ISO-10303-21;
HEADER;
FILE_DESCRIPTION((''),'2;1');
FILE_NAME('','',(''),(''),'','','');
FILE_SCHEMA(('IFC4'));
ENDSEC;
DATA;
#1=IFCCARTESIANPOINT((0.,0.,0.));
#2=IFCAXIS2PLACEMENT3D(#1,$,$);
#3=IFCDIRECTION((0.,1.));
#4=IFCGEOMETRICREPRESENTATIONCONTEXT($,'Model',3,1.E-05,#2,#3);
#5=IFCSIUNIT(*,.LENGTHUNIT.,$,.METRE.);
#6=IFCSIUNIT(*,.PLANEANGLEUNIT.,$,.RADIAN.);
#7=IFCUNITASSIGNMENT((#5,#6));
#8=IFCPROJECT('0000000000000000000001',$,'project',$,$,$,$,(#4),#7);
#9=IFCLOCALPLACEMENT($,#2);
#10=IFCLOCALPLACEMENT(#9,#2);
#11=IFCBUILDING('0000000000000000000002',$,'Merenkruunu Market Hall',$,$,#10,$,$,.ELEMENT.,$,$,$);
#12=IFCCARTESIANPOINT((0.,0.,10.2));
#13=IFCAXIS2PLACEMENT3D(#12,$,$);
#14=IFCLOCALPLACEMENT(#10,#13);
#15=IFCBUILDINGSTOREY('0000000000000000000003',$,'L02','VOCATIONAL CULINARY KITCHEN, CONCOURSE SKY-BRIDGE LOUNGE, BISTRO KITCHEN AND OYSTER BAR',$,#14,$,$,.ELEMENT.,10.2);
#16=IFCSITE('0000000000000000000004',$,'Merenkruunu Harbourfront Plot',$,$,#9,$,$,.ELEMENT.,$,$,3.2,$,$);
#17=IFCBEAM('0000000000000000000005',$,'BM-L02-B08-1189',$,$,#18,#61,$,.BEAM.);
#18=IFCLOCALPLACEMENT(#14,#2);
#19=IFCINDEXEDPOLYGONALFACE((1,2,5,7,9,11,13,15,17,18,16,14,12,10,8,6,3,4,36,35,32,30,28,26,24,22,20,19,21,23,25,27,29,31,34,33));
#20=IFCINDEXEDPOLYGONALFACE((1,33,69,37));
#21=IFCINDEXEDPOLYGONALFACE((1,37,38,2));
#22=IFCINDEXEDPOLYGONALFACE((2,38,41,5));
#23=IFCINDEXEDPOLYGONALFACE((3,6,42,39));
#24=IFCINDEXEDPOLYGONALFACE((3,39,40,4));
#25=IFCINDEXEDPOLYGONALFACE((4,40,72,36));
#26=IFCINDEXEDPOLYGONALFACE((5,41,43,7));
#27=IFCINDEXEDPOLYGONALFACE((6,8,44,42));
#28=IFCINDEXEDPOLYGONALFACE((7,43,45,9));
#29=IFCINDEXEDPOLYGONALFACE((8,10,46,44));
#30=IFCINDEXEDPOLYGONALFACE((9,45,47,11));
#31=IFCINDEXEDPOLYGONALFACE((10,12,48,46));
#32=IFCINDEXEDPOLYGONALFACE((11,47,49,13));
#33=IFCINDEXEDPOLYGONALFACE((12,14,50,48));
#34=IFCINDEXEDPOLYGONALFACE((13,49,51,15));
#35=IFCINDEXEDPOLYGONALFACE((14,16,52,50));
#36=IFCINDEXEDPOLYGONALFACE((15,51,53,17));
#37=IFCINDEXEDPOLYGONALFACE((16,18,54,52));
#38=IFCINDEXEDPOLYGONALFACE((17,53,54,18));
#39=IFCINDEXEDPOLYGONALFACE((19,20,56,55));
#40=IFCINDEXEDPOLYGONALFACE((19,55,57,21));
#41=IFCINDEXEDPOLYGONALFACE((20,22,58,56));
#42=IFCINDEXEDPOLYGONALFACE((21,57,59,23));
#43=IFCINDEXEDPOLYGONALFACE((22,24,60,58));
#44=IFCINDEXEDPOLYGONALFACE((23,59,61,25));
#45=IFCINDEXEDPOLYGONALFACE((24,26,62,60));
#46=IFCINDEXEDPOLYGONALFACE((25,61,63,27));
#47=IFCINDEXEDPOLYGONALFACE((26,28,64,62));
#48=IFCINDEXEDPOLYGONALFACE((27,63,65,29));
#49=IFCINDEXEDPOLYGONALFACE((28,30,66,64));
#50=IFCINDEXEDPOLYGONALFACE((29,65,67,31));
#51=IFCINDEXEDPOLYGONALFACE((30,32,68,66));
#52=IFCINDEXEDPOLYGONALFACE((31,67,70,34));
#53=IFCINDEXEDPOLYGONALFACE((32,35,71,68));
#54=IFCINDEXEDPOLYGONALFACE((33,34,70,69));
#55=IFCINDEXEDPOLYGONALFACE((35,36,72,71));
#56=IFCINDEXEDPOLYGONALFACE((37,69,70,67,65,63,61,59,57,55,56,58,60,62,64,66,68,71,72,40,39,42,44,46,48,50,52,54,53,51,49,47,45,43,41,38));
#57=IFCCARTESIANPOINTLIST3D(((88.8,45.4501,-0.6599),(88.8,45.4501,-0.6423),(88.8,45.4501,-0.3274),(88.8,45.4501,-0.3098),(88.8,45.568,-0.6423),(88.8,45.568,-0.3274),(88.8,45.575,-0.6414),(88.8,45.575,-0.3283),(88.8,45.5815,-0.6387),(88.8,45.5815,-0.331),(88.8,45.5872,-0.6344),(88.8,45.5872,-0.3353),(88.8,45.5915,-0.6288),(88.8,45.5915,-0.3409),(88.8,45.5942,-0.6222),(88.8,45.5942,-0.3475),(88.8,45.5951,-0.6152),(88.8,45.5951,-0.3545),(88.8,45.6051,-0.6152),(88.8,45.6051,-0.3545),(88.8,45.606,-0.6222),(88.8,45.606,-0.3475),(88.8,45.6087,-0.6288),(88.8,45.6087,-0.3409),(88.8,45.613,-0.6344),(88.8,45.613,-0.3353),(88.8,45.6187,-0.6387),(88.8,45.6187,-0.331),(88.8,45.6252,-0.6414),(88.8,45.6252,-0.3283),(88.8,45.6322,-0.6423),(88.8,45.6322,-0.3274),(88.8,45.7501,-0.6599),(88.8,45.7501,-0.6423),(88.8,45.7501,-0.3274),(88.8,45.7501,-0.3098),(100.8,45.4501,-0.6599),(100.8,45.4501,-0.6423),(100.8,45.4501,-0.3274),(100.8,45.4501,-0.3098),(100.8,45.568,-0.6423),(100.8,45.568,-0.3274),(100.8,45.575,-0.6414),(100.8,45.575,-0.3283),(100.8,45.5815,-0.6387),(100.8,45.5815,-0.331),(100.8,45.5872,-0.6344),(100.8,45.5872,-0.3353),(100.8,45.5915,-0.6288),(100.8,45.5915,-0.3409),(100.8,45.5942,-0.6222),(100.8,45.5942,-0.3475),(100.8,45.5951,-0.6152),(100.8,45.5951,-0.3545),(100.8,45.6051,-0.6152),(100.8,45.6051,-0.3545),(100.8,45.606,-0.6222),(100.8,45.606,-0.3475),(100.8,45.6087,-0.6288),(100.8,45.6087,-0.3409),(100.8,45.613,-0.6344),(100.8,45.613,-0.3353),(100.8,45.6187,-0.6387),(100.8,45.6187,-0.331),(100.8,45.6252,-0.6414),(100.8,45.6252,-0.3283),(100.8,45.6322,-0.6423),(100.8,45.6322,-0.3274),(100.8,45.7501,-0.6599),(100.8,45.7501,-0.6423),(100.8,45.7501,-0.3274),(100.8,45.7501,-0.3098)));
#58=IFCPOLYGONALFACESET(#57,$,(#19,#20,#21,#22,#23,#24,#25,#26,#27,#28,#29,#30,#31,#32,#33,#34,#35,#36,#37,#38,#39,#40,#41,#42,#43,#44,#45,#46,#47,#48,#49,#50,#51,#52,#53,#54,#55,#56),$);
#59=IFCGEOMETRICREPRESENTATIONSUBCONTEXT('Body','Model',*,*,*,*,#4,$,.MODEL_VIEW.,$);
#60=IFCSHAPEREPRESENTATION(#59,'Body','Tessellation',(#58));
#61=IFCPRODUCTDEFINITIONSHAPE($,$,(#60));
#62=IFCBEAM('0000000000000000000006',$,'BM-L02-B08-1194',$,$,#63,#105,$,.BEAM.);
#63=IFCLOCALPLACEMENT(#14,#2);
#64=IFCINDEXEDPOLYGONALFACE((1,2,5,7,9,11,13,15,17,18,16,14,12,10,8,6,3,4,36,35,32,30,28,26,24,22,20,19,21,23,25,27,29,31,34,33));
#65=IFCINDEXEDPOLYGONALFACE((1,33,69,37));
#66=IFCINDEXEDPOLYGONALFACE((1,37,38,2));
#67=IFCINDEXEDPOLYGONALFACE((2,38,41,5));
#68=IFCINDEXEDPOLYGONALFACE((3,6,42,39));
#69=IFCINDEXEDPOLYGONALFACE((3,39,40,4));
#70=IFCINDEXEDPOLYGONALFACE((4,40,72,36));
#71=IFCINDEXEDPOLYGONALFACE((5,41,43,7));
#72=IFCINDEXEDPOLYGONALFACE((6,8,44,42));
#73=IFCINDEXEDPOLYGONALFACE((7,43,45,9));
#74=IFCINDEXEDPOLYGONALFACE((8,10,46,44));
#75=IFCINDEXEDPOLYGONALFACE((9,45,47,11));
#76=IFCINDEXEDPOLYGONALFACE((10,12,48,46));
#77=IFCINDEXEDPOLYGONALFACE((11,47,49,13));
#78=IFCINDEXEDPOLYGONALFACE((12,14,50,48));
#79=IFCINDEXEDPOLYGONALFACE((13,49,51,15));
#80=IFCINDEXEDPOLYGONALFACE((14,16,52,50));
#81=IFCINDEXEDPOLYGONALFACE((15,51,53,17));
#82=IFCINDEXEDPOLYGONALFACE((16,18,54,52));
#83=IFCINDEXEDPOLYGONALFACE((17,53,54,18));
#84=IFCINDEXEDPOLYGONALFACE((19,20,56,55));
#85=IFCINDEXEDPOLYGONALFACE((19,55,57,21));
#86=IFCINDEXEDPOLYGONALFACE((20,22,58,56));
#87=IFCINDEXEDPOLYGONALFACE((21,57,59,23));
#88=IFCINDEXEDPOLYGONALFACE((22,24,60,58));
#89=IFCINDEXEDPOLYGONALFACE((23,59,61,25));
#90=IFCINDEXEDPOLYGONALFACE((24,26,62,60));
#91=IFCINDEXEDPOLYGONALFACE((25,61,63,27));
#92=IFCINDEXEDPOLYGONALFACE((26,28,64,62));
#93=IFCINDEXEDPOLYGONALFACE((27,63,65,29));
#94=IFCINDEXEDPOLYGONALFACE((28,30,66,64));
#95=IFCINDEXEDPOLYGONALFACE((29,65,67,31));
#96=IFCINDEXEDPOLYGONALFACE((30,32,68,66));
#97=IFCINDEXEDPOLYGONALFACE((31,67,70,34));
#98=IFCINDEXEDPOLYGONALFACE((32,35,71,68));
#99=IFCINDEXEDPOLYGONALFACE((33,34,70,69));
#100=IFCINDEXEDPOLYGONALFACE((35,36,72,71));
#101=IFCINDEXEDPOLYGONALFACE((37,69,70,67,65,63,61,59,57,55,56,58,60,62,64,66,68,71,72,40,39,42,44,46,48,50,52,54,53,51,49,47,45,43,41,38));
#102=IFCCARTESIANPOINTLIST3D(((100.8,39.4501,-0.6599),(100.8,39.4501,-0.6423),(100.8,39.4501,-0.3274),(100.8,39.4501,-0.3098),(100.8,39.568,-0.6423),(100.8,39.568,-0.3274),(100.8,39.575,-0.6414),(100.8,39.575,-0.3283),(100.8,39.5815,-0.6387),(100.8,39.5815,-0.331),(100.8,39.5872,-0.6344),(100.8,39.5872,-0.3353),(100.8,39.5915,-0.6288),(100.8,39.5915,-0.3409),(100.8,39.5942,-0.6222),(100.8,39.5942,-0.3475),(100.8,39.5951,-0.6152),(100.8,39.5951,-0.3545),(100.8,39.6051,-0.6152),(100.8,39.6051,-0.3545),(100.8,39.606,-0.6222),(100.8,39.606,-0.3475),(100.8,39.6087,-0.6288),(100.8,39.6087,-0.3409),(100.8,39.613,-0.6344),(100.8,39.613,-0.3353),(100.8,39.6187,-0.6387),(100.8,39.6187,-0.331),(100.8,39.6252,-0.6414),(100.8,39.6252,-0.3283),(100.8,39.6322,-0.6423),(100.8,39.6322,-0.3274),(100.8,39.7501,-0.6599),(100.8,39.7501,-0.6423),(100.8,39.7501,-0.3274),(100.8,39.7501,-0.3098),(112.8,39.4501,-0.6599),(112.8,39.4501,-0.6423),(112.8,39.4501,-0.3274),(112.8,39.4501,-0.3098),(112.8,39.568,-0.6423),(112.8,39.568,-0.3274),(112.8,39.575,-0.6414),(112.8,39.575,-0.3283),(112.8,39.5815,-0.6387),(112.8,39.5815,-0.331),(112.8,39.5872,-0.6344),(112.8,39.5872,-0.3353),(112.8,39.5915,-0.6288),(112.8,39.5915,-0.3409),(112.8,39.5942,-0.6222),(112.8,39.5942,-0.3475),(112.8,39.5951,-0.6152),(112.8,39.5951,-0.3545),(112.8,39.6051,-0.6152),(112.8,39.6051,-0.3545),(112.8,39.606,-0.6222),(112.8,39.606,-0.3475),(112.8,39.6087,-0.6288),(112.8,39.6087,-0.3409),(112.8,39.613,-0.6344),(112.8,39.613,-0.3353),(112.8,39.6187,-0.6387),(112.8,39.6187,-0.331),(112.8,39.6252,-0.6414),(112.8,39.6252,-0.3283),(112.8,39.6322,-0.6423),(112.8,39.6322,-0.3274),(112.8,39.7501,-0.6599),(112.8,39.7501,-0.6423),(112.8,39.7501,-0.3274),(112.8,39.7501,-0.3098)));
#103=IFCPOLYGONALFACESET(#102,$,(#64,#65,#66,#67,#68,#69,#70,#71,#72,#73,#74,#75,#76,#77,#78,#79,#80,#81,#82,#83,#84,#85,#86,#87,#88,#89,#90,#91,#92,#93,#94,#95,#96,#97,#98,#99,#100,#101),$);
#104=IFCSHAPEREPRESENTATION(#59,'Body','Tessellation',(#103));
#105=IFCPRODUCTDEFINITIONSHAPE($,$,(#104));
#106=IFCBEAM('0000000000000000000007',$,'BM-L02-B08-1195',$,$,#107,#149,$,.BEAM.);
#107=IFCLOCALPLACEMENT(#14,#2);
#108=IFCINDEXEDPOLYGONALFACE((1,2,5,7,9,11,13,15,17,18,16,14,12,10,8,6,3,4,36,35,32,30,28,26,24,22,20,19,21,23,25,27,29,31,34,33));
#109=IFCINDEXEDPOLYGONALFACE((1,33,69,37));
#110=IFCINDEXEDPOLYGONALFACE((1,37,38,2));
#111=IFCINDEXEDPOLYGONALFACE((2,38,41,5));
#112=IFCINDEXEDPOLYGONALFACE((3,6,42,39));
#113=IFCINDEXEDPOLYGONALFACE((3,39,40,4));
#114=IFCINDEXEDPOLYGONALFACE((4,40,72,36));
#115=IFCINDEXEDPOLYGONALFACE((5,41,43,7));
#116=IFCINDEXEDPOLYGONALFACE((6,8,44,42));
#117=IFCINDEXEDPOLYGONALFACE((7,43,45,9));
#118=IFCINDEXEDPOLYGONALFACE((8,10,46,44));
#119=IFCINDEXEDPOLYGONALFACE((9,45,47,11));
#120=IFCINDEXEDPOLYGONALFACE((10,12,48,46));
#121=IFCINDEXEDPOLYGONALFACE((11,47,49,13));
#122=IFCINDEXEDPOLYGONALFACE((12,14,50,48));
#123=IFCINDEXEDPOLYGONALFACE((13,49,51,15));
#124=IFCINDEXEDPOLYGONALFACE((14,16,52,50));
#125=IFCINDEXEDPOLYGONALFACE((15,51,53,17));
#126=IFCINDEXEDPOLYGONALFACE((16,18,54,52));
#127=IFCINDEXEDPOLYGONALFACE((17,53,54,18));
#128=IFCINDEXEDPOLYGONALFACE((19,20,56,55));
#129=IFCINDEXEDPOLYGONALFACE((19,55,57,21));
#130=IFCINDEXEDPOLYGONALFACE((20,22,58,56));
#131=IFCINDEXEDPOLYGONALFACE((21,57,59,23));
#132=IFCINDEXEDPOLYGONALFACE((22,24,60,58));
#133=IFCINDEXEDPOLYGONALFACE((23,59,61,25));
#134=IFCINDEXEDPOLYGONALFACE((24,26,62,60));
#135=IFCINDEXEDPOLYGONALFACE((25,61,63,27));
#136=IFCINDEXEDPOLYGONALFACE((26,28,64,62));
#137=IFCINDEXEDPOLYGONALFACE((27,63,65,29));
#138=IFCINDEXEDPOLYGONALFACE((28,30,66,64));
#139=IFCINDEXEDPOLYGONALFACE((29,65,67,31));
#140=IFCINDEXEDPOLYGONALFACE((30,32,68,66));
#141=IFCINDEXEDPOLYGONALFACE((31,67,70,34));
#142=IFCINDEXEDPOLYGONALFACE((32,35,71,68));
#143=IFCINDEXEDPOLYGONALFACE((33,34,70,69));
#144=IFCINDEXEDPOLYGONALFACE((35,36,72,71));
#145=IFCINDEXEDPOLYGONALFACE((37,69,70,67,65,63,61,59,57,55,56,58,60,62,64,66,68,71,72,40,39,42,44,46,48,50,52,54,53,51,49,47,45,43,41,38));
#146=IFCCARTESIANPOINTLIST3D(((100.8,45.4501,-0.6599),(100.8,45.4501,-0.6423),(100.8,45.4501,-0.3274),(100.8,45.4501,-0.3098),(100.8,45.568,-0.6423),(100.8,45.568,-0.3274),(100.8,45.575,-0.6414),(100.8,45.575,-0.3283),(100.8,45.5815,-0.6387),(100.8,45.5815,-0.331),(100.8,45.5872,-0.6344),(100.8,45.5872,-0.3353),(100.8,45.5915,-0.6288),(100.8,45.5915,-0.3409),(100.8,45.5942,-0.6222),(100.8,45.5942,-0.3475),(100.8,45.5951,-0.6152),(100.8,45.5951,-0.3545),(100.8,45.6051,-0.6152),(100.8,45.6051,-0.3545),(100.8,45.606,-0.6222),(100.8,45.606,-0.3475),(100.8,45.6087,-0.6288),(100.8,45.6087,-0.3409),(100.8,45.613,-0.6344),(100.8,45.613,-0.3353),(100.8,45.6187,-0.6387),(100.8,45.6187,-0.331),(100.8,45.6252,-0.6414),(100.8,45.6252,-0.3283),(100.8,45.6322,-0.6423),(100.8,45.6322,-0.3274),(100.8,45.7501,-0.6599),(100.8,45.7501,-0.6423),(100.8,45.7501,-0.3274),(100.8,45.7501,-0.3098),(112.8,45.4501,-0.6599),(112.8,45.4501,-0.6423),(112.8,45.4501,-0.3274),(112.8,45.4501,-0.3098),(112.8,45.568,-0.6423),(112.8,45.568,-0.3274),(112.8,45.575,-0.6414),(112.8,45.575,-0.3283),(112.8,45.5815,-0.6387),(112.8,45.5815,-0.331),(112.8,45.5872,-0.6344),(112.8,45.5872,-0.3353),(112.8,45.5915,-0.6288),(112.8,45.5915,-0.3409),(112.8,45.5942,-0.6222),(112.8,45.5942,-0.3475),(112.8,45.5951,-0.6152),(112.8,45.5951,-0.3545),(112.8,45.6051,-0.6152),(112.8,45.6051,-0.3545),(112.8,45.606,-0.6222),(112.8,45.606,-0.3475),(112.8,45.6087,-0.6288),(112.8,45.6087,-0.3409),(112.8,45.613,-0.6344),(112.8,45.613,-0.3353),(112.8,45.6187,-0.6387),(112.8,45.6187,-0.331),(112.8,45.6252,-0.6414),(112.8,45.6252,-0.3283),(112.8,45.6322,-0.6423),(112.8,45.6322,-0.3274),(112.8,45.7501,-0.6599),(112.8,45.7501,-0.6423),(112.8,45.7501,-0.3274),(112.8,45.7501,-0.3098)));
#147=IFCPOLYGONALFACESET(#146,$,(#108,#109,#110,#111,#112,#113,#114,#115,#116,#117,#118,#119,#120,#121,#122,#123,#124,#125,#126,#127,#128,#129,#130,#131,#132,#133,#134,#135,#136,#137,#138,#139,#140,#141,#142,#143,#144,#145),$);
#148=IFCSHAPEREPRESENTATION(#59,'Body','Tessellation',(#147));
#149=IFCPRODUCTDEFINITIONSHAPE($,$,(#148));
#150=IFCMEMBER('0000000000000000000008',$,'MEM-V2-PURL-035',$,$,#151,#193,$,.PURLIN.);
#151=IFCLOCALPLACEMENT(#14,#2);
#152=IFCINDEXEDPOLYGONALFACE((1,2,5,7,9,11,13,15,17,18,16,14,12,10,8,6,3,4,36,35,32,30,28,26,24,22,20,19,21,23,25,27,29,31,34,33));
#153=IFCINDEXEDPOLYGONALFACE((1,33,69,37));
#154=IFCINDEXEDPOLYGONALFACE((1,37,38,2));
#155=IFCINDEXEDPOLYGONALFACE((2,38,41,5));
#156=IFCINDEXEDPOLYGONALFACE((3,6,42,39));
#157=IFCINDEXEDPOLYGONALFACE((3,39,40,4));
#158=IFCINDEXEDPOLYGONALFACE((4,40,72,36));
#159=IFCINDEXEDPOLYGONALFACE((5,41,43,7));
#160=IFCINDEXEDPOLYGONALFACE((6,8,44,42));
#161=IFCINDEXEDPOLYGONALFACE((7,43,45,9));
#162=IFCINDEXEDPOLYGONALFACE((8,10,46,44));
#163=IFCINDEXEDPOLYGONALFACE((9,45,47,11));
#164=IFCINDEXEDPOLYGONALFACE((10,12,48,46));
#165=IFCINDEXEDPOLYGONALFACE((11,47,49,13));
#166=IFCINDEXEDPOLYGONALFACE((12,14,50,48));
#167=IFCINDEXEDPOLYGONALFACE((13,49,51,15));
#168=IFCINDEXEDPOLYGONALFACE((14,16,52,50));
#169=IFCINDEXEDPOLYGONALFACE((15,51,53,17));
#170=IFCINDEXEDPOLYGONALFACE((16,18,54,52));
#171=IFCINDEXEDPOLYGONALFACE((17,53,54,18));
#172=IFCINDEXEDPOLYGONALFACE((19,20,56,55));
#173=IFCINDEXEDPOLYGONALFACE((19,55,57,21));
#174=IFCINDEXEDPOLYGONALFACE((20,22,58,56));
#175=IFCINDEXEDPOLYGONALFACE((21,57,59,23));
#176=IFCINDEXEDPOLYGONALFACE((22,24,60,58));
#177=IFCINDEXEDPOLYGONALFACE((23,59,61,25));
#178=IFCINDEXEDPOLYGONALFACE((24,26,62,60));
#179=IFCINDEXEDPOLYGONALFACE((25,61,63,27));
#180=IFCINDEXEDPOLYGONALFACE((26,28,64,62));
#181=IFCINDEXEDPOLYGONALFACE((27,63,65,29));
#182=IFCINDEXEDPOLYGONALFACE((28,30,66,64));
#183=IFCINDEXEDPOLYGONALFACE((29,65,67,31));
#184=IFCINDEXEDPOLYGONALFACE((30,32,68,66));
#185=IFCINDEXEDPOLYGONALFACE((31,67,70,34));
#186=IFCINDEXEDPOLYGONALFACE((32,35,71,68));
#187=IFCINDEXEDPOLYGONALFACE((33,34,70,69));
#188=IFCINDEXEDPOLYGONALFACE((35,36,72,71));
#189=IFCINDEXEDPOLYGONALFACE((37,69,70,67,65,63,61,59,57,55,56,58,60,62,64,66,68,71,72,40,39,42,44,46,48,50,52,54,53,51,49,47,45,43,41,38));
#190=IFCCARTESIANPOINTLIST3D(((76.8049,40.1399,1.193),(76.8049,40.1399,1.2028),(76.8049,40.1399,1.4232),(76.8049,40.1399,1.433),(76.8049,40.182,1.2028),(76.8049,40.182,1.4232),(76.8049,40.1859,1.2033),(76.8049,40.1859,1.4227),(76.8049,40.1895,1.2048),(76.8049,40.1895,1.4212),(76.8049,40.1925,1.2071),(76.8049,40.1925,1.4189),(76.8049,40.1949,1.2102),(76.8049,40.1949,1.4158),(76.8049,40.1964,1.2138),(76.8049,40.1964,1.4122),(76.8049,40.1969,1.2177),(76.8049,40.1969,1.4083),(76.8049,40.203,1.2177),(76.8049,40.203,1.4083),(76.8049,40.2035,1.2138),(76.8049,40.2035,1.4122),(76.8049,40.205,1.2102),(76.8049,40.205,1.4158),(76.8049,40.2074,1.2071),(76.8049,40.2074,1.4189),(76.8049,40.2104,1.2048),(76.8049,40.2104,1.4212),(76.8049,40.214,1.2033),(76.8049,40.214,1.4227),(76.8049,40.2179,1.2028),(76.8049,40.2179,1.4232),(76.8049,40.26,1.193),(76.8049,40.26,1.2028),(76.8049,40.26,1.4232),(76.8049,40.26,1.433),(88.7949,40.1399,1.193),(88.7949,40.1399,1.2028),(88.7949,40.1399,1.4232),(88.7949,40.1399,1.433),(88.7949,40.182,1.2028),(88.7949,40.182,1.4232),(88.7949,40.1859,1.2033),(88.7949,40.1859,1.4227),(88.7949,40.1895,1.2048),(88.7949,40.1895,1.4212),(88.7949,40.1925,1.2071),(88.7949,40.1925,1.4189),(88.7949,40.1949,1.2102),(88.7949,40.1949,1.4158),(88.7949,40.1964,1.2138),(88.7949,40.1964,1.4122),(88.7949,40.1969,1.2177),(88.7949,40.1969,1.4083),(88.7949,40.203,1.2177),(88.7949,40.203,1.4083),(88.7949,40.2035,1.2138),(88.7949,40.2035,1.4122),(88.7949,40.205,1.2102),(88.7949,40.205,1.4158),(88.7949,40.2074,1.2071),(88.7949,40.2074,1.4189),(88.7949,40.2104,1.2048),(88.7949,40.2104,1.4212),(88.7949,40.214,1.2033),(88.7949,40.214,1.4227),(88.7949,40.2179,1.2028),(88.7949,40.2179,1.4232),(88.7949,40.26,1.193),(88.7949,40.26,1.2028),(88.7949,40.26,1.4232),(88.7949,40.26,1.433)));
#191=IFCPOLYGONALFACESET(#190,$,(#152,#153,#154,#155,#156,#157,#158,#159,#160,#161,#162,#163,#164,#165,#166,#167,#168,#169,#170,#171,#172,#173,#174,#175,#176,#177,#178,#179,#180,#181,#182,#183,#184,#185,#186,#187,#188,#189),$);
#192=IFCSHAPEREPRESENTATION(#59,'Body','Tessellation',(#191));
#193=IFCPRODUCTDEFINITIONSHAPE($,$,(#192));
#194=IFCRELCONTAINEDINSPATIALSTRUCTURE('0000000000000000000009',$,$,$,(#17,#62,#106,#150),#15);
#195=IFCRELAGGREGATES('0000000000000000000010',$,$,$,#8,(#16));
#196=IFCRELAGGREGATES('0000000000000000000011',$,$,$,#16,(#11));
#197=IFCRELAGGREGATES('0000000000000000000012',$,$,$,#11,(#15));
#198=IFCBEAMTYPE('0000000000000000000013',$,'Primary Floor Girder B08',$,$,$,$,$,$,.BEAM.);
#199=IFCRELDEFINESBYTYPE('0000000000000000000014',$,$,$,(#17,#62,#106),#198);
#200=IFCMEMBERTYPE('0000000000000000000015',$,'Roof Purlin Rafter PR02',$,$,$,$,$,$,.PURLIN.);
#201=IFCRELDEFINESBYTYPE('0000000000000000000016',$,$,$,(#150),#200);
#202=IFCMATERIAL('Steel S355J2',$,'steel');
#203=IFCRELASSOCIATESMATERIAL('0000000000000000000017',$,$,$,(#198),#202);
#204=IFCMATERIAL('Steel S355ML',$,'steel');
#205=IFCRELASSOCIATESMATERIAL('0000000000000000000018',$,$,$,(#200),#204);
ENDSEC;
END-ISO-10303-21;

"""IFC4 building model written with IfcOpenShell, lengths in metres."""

from ifc_helpers import new_model, si_unit, direction, frame, origin, origin_2d, place, context, subcontext, project, spatial, i_section, extrude, material, material_profile, profile_set, type_object, element, save


model = new_model("IFC4")

# Units and contexts
model_context = context("Model", 3, precision=1e-05, world=origin(), true_north=direction((0.0, 1.0)))
body_context = subcontext(model_context, "Body", "Model", "MODEL_VIEW")
ifc_project = project(units=[si_unit("LENGTHUNIT", "METRE"), si_unit("PLANEANGLEUNIT", "RADIAN")], contexts=[model_context])

# Site, building, storey
site_placement = place(None, origin())
site = spatial("IfcSite", under=ifc_project, at=site_placement, Name="Merenkruunu Harbourfront Plot", CompositionType="ELEMENT", RefElevation=3.2)
building_placement = place(site_placement, origin())
building = spatial("IfcBuilding", under=site, at=building_placement, Name="Merenkruunu Market Hall", CompositionType="ELEMENT")
storey_placement = place(building_placement, frame((0.0, 0.0, 10.2)))
storey = spatial("IfcBuildingStorey", under=building, at=storey_placement, Name="L02", Description="VOCATIONAL CULINARY KITCHEN, CONCOURSE SKY-BRIDGE LOUNGE, BISTRO KITCHEN AND OYSTER BAR", CompositionType="ELEMENT", Elevation=10.2)

# Shared definitions
ifc_material_1 = material(Name="Steel S355ML", Category="steel")

# Beams
ifc_material_2 = material(Name="Steel S355J2", Category="steel")
ifc_material_profile_1 = material_profile(ifc_material_2, i_section(OverallWidth=0.3, OverallDepth=0.3501, WebThickness=0.01, FlangeThickness=0.0176, FilletRadius=0.0271, at=origin_2d()), Name="HEA 360")
ifc_profile_set_1 = profile_set([ifc_material_profile_1], Name="Steel S355J2")
beam_type_1 = type_object("IfcBeamType", Name="Primary Floor Girder B08", PredefinedType="BEAM", material=ifc_profile_set_1)
for number, where, z_axis, x_axis, name in (
    (1, (88.8, 45.6001, -0.4849), (1.0, 0.0, 0.0), (0.0, 1.0, 0.0), "BM-L02-B08-1189"),
    (2, (100.8, 39.6001, -0.4849), (1.0, 0.0, 0.0), (0.0, 1.0, 0.0), "BM-L02-B08-1194"),
    (3, (100.8, 45.6001, -0.4849), (1.0, 0.0, 0.0), (0.0, 1.0, 0.0), "BM-L02-B08-1195"),
):
    element("IfcBeam", number, at=place(storey_placement, frame(where, z_axis=z_axis, x_axis=x_axis)), inside=storey, type_object=beam_type_1, Name=name, PredefinedType="BEAM", context=body_context, shape_type="SweptSolid", body=[
        extrude(i_section(OverallWidth=0.3, OverallDepth=0.3501, WebThickness=0.01, FlangeThickness=0.0176, FilletRadius=0.0271, at=origin_2d()), origin(), (0.0, 0.0, 1.0), 12.0),
    ])

# Member
ifc_material_profile_2 = material_profile(ifc_material_1, i_section(OverallWidth=0.1201, OverallDepth=0.24, WebThickness=0.0061, FlangeThickness=0.0098, FilletRadius=0.0149, at=origin_2d()), Name="IPE 240")
ifc_profile_set_2 = profile_set([ifc_material_profile_2], Name="Steel S355ML")
member_type_1 = type_object("IfcMemberType", Name="Roof Purlin Rafter PR02", PredefinedType="PURLIN", material=ifc_profile_set_2)
for number, where, z_axis, x_axis, name in (
    (4, (76.8049, 40.2, 1.313), (1.0, 0.0, 0.0), (0.0, 1.0, 0.0), "MEM-V2-PURL-035"),
):
    element("IfcMember", number, at=place(storey_placement, frame(where, z_axis=z_axis, x_axis=x_axis)), inside=storey, type_object=member_type_1, Name=name, PredefinedType="PURLIN", context=body_context, shape_type="SweptSolid", body=[
        extrude(i_section(OverallWidth=0.1201, OverallDepth=0.24, WebThickness=0.0061, FlangeThickness=0.0098, FilletRadius=0.0149, at=origin_2d()), origin(), (0.0, 0.0, 1.0), 11.99),
    ])

save(model, "model.ifc")
